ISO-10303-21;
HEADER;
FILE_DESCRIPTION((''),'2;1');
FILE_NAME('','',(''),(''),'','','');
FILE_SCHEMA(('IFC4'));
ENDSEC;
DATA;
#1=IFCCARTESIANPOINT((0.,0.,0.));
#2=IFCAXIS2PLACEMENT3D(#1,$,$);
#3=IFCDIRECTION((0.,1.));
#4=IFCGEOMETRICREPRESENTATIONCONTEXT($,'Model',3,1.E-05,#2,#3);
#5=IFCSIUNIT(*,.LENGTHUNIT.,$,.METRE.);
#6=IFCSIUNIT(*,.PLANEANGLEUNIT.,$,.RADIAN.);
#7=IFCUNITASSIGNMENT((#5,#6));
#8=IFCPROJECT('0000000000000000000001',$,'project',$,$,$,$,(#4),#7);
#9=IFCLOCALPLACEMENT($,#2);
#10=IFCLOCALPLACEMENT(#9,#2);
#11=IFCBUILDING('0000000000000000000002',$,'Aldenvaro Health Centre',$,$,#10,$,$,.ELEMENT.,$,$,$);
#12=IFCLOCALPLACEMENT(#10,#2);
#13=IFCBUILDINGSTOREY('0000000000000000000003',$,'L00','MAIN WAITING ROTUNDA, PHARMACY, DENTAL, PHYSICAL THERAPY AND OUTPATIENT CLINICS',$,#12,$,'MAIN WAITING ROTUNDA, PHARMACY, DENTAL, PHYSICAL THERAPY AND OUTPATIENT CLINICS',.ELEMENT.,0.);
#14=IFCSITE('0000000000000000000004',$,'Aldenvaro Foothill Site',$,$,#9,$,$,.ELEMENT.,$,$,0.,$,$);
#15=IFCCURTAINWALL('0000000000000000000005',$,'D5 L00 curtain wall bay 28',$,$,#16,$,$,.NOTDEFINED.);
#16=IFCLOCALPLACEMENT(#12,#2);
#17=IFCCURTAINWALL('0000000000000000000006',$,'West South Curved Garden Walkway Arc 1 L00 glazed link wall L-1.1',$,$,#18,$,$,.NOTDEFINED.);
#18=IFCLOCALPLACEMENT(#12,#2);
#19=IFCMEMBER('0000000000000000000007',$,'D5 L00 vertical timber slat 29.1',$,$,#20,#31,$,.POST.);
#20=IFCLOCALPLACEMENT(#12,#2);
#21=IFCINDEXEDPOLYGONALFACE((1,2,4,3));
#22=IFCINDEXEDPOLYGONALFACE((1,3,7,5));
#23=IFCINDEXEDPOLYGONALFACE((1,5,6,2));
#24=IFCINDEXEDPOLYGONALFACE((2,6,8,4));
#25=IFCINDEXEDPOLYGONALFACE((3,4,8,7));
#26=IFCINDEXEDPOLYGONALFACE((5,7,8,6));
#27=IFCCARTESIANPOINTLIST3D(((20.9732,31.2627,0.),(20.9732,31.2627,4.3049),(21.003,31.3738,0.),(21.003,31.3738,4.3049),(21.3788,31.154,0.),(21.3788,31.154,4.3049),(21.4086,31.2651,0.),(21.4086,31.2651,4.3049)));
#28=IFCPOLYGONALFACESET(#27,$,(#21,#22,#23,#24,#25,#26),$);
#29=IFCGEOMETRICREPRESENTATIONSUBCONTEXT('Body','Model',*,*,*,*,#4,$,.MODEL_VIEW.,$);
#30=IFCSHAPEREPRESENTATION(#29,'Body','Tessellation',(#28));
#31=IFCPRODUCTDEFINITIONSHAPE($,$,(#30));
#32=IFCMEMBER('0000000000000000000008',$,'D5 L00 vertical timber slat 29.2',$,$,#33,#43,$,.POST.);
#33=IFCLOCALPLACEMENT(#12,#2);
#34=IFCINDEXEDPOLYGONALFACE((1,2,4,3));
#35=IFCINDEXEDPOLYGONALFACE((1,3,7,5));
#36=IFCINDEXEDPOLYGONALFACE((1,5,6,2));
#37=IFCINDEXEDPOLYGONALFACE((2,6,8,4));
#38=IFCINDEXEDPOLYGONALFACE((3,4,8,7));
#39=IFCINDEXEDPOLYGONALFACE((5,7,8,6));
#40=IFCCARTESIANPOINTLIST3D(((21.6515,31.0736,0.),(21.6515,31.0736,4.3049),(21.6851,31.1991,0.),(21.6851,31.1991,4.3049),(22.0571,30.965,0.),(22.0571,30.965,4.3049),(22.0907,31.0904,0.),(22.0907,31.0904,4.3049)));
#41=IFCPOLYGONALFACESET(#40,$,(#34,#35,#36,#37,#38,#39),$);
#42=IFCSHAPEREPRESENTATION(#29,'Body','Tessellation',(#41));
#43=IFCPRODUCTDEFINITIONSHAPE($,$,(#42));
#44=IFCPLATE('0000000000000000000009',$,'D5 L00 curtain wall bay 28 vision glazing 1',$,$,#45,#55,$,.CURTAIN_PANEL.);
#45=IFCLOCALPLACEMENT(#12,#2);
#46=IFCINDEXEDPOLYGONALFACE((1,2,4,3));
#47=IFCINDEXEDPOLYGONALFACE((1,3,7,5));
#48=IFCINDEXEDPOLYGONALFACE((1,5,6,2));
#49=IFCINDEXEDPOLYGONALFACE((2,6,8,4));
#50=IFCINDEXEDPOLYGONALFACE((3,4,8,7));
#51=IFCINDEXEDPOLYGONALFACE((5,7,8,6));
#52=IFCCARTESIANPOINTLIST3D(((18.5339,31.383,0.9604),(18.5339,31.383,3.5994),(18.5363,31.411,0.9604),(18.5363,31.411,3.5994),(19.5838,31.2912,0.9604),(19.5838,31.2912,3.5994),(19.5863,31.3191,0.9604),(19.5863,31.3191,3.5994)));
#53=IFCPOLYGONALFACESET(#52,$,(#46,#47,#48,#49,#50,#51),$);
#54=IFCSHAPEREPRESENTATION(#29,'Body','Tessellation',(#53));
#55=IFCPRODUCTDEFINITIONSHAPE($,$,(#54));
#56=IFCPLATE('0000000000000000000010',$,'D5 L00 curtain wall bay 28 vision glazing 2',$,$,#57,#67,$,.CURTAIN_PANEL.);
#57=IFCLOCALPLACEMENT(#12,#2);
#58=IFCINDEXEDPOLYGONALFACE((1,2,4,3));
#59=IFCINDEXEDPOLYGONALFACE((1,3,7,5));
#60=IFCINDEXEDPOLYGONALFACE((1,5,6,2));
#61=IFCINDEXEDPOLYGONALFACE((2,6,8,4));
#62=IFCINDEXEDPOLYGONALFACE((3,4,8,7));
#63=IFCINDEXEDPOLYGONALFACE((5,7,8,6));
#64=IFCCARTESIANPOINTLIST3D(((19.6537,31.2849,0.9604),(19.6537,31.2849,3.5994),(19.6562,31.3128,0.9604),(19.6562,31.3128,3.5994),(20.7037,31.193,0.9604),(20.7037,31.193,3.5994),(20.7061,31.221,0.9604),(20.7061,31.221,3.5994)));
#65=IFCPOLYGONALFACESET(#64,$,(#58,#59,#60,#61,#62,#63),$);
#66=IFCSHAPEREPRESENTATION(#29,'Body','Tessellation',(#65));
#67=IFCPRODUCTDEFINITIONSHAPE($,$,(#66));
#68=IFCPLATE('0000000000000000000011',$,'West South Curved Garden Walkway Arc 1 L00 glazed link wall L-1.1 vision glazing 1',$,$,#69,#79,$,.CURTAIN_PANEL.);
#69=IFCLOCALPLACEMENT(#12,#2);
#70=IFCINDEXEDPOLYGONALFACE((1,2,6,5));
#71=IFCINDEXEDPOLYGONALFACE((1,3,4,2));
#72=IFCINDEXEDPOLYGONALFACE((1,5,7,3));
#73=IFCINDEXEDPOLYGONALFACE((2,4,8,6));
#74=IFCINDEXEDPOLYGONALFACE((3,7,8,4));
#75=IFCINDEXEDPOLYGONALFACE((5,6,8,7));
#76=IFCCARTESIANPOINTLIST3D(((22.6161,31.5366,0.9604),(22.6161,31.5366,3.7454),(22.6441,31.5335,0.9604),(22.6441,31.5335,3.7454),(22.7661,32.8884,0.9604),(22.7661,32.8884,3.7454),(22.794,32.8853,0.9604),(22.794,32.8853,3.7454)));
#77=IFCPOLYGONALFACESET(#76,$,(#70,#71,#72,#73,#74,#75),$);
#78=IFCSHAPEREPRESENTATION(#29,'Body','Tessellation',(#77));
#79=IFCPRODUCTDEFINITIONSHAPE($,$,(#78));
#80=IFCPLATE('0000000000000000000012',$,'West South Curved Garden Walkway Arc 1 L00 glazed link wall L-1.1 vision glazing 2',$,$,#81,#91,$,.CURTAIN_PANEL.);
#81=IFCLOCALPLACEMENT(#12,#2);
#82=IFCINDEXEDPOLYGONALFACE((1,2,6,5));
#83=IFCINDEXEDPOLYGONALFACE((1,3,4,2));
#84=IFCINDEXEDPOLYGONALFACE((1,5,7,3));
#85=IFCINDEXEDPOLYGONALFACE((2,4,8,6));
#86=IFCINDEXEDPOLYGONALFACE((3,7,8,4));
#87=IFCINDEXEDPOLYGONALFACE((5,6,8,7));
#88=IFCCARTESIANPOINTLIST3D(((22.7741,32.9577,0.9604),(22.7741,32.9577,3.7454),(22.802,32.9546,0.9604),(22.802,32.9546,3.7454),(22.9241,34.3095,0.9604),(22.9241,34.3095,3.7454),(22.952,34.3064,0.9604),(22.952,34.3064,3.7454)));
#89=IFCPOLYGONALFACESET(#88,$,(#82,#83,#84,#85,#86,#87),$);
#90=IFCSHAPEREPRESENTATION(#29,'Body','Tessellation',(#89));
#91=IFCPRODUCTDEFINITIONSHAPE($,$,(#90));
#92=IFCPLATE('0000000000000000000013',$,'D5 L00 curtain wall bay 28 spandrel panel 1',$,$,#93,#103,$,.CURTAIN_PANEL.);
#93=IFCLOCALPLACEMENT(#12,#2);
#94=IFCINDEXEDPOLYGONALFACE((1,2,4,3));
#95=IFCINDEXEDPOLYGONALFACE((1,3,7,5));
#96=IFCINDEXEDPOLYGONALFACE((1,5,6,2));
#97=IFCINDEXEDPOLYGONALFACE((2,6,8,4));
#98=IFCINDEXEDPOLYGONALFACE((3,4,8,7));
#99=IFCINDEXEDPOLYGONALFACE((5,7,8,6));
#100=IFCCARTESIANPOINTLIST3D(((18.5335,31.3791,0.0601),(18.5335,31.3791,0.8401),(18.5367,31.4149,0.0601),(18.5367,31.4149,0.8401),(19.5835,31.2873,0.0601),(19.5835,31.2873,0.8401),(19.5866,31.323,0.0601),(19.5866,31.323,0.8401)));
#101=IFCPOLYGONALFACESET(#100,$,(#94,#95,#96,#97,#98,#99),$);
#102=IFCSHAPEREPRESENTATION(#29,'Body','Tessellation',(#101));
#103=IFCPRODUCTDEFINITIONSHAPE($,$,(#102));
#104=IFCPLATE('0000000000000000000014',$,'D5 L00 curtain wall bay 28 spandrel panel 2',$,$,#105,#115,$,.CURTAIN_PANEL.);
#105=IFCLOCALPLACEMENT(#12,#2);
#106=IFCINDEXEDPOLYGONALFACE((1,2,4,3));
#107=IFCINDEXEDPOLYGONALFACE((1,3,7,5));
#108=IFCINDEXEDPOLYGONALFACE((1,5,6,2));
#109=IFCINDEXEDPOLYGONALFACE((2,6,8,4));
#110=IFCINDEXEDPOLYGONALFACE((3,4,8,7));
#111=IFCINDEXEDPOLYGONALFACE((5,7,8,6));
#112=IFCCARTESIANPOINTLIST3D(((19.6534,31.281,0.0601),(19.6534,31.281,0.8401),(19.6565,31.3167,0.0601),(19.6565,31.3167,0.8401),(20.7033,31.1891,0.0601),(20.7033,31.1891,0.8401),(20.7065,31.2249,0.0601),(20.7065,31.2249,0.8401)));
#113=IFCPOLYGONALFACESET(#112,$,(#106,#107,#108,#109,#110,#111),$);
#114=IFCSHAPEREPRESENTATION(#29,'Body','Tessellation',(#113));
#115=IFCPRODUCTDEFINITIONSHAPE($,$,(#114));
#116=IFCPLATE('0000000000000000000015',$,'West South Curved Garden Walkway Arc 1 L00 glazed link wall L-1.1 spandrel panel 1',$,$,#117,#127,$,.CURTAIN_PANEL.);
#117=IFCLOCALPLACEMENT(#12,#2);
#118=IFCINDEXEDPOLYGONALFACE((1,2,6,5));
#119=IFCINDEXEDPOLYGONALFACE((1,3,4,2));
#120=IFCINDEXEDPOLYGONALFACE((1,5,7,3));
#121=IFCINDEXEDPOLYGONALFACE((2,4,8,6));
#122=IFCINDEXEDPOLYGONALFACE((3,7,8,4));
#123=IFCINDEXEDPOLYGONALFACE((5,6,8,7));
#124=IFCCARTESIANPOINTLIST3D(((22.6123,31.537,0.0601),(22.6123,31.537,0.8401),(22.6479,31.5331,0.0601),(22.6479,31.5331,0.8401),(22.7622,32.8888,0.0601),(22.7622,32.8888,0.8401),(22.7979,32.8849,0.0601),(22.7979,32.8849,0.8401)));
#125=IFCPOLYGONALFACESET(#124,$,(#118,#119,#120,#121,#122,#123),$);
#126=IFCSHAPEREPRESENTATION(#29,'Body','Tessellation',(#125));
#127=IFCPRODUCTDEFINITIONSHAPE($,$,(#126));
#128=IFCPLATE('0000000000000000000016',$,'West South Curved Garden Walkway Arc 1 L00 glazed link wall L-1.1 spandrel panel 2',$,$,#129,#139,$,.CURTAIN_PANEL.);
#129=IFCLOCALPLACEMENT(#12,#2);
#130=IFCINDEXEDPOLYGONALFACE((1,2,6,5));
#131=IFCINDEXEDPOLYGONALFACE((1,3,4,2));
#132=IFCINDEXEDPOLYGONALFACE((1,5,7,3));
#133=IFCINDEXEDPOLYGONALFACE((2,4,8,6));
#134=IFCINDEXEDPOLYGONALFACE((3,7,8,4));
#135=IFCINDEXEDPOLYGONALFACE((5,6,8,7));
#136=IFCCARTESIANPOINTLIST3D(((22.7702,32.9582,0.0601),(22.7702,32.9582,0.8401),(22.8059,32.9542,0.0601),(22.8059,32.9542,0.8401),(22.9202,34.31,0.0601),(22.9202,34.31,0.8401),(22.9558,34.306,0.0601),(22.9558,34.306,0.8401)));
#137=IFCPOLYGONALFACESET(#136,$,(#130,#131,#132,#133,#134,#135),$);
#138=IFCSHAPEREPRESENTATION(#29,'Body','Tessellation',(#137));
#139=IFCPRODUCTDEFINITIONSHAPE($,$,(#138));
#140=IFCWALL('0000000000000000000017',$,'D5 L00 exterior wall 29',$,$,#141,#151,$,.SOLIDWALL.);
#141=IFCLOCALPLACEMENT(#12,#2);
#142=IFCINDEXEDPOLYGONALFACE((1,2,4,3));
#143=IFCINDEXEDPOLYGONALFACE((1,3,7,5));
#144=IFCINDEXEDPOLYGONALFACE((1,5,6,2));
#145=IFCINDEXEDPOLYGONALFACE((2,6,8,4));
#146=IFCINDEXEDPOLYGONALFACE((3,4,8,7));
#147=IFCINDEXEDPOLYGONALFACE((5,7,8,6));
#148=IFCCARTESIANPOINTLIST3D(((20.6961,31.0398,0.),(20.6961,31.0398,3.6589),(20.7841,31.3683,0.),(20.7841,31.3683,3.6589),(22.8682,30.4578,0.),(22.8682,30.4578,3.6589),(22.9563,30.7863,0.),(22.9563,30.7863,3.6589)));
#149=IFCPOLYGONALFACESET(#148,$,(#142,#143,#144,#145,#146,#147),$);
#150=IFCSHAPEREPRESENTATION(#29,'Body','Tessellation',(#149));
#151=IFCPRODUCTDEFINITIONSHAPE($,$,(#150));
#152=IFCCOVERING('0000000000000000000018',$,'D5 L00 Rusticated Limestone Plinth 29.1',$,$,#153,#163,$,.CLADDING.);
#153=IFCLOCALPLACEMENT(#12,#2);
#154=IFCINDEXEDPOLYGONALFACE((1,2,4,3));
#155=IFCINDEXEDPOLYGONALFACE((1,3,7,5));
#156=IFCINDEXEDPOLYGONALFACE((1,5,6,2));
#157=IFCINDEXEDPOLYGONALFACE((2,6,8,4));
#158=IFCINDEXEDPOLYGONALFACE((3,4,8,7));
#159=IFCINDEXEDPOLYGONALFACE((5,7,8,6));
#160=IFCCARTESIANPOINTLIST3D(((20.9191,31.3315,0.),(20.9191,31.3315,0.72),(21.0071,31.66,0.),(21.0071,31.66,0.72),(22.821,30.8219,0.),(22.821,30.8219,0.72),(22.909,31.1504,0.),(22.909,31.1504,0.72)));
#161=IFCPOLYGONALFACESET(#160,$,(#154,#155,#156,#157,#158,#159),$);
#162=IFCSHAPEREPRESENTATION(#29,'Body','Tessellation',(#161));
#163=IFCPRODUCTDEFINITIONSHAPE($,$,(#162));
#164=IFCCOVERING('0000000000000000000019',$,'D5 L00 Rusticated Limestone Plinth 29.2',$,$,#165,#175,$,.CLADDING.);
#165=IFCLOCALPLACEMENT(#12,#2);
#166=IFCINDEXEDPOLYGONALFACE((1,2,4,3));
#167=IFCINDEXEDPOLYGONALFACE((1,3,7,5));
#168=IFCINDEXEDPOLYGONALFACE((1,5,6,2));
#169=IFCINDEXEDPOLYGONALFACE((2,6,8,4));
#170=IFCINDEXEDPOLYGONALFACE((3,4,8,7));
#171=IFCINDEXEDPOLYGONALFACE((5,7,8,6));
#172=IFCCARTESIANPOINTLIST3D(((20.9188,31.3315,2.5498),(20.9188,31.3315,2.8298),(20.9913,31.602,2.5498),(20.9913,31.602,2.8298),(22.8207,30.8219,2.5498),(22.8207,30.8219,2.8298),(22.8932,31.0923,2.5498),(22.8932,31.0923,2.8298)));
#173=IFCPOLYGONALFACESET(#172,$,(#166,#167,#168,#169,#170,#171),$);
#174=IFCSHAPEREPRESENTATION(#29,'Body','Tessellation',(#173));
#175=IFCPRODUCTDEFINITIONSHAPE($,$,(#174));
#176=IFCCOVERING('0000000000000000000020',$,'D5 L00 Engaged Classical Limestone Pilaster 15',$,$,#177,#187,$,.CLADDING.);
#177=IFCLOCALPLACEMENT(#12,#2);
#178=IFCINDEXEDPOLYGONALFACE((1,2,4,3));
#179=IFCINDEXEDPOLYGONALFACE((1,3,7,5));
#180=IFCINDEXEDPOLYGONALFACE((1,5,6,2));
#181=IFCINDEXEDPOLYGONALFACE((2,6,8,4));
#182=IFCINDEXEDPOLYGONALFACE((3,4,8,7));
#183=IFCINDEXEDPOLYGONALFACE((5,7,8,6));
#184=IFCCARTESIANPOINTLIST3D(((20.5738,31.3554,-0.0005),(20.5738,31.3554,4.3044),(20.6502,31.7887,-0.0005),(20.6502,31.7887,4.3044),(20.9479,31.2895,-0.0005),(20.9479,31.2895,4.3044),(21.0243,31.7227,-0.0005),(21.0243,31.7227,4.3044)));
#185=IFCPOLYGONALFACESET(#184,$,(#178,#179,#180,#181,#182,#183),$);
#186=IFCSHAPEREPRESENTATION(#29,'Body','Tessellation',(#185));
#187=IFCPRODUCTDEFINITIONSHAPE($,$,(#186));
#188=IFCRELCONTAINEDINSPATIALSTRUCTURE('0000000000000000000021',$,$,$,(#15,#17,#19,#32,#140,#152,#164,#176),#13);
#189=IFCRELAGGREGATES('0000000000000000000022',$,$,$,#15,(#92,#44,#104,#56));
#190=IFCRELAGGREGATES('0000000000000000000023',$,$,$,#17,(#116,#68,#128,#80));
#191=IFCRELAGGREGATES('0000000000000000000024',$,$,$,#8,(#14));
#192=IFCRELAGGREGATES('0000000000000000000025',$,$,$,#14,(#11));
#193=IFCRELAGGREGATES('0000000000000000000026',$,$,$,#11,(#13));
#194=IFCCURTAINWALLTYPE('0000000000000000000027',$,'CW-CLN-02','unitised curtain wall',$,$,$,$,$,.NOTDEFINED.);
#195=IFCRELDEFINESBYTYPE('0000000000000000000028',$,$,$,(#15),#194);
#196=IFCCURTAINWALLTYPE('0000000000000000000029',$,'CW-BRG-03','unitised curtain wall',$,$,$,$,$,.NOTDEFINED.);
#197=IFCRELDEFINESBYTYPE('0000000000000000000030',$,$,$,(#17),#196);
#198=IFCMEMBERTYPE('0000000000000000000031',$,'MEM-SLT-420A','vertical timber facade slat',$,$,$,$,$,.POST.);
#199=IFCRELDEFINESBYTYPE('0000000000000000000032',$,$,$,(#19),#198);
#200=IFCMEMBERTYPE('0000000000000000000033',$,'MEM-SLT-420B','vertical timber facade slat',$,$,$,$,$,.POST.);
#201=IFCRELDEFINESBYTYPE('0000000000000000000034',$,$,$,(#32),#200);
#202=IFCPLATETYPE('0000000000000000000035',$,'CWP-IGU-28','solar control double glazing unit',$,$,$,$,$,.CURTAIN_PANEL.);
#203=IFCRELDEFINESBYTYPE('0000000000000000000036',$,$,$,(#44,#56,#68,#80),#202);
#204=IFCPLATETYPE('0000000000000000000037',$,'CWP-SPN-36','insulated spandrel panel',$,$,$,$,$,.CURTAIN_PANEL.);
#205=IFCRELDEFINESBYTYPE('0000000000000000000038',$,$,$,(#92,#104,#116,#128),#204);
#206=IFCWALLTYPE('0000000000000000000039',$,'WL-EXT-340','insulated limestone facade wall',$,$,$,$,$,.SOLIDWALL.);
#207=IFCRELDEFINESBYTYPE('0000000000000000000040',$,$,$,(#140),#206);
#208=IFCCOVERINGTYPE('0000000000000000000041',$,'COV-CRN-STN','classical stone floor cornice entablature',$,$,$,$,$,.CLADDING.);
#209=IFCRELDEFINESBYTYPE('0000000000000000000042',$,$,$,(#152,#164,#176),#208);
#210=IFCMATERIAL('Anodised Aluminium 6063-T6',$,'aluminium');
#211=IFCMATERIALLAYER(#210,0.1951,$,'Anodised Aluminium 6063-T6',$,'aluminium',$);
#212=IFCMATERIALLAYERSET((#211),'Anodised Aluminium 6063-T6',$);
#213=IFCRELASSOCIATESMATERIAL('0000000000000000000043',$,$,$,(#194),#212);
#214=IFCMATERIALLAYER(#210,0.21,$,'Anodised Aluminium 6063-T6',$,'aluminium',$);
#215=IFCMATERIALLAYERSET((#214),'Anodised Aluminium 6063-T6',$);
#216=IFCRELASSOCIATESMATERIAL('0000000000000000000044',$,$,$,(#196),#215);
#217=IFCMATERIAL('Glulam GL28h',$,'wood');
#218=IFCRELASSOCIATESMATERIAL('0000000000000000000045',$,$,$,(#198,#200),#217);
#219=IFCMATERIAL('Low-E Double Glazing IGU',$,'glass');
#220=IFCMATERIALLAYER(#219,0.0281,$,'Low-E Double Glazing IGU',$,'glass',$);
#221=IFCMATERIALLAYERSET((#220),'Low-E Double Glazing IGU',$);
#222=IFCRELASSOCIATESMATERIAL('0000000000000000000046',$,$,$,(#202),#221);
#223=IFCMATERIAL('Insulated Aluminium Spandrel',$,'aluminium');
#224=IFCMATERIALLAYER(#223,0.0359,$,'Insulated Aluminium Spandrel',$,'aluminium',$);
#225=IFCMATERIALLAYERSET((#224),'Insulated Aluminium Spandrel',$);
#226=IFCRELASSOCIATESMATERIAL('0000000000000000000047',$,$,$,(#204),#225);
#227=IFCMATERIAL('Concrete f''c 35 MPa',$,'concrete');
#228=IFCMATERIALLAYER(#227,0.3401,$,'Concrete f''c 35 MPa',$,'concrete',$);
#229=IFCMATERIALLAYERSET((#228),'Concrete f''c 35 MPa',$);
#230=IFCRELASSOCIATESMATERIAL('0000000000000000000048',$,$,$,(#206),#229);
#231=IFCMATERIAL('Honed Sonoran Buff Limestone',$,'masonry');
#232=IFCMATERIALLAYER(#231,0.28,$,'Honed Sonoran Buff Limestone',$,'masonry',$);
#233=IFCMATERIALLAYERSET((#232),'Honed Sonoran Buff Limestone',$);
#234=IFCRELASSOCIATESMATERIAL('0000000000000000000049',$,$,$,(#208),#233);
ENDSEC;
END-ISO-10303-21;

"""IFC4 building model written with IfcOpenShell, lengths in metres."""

from ifc_helpers import new_model, si_unit, direction, frame, frame_2d, origin, origin_2d, place, context, subcontext, project, spatial, rectangle, extrude, material, layer, layer_set, material_profile, profile_set, type_object, element, aggregate, save


model = new_model("IFC4")

# Units and contexts
model_context = context("Model", 3, precision=1e-05, world=origin(), true_north=direction((0.0, 1.0)))
body_context = subcontext(model_context, "Body", "Model", "MODEL_VIEW")
ifc_project = project(units=[si_unit("LENGTHUNIT", "METRE"), si_unit("PLANEANGLEUNIT", "RADIAN")], contexts=[model_context])

# Site, building, storey
site_placement = place(None, origin())
site = spatial("IfcSite", under=ifc_project, at=site_placement, Name="Aldenvaro Foothill Site", CompositionType="ELEMENT", RefElevation=0.0)
building_placement = place(site_placement, origin())
building = spatial("IfcBuilding", under=site, at=building_placement, Name="Aldenvaro Health Centre", CompositionType="ELEMENT")
storey_placement = place(building_placement, origin())
storey = spatial("IfcBuildingStorey", under=building, at=storey_placement, Name="L00", Description="MAIN WAITING ROTUNDA, PHARMACY, DENTAL, PHYSICAL THERAPY AND OUTPATIENT CLINICS", LongName="MAIN WAITING ROTUNDA, PHARMACY, DENTAL, PHYSICAL THERAPY AND OUTPATIENT CLINICS", CompositionType="ELEMENT", Elevation=0.0)

# Curtain walls
ifc_material_1 = material(Name="Anodised Aluminium 6063-T6", Category="aluminium")
ifc_layer_1 = layer(ifc_material_1, 0.1951, Name="Anodised Aluminium 6063-T6", Category="aluminium")
ifc_layer_set_1 = layer_set([ifc_layer_1], Name="Anodised Aluminium 6063-T6")
curtain_wall_type_1 = type_object("IfcCurtainWallType", Name="CW-CLN-02", Description="unitised curtain wall", PredefinedType="NOTDEFINED", material=ifc_layer_set_1)
curtain_wall_1_placement = place(storey_placement, origin())
curtain_wall_1 = element("IfcCurtainWall", 1, at=curtain_wall_1_placement, inside=storey, type_object=curtain_wall_type_1, Name="D5 L00 curtain wall bay 28", PredefinedType="NOTDEFINED")
ifc_layer_2 = layer(ifc_material_1, 0.21, Name="Anodised Aluminium 6063-T6", Category="aluminium")
ifc_layer_set_2 = layer_set([ifc_layer_2], Name="Anodised Aluminium 6063-T6")
curtain_wall_type_2 = type_object("IfcCurtainWallType", Name="CW-BRG-03", Description="unitised curtain wall", PredefinedType="NOTDEFINED", material=ifc_layer_set_2)
curtain_wall_2_placement = place(storey_placement, origin())
curtain_wall_2 = element("IfcCurtainWall", 2, at=curtain_wall_2_placement, inside=storey, type_object=curtain_wall_type_2, Name="West South Curved Garden Walkway Arc 1 L00 glazed link wall L-1.1", PredefinedType="NOTDEFINED")

# Members
ifc_material_2 = material(Name="Glulam GL28h", Category="wood")
ifc_material_profile_1 = material_profile(ifc_material_2, rectangle(XDim=0.115, YDim=0.4199, at=origin_2d()), Name="GL 115x420", Category="wood")
ifc_profile_set_1 = profile_set([ifc_material_profile_1], Name="Glulam GL28h")
member_type_1 = type_object("IfcMemberType", Name="MEM-SLT-420A", Description="vertical timber facade slat", PredefinedType="POST", material=ifc_profile_set_1)
for number, where, z_axis, x_axis, name in (
    (3, (21.1909, 31.2639, 0.0), (0.0, 0.0, 1.0), (0.258825, 0.965924, 0.0), "D5 L00 vertical timber slat 29.1"),
):
    element("IfcMember", number, at=place(storey_placement, frame(where, z_axis=z_axis, x_axis=x_axis)), inside=storey, type_object=member_type_1, Name=name, PredefinedType="POST", context=body_context, shape_type="SweptSolid", body=[
        extrude(rectangle(XDim=0.115, YDim=0.4199, at=origin_2d()), origin(), (0.0, 0.0, 1.0), 4.3049),
    ])
ifc_material_profile_2 = material_profile(ifc_material_2, rectangle(XDim=0.1299, YDim=0.4199, at=origin_2d()), Name="GL 130x420", Category="wood")
ifc_profile_set_2 = profile_set([ifc_material_profile_2], Name="Glulam GL28h")
member_type_2 = type_object("IfcMemberType", Name="MEM-SLT-420B", Description="vertical timber facade slat", PredefinedType="POST", material=ifc_profile_set_2)
member_1_placement = place(storey_placement, frame((21.8711, 31.082, 0.0), z_axis=(0.0, 0.0, 1.0), x_axis=(0.258825, 0.965924, 0.0)))
element("IfcMember", 4, at=member_1_placement, inside=storey, type_object=member_type_2, Name="D5 L00 vertical timber slat 29.2", PredefinedType="POST", context=body_context, shape_type="SweptSolid", body=[
    extrude(rectangle(XDim=0.1299, YDim=0.4199, at=origin_2d()), origin(), (0.0, 0.0, 1.0), 4.3049),
])

# Plates
ifc_material_3 = material(Name="Low-E Double Glazing IGU", Category="glass")
ifc_layer_3 = layer(ifc_material_3, 0.0281, Name="Low-E Double Glazing IGU", Category="glass")
ifc_layer_set_3 = layer_set([ifc_layer_3], Name="Low-E Double Glazing IGU")
plate_type_1 = type_object("IfcPlateType", Name="CWP-IGU-28", Description="solar control double glazing unit", PredefinedType="CURTAIN_PANEL", material=ifc_layer_set_3)
plate_1_placement = place(storey_placement, frame((19.0601, 31.3511, 0.9604), z_axis=(0.0, 0.0, 1.0), x_axis=(0.996194, -0.087167, 0.0)))
plate_1 = element("IfcPlate", 5, at=plate_1_placement, type_object=plate_type_1, Name="D5 L00 curtain wall bay 28 vision glazing 1", PredefinedType="CURTAIN_PANEL", context=body_context, shape_type="SweptSolid", body=[
    extrude(rectangle(XDim=1.054, YDim=0.0281, at=origin_2d()), origin(), (0.0, 0.0, 1.0), 2.6389),
])
plate_2_placement = place(storey_placement, frame((20.1799, 31.2529, 0.9604), z_axis=(0.0, 0.0, 1.0), x_axis=(0.996194, -0.087167, 0.0)))
plate_2 = element("IfcPlate", 6, at=plate_2_placement, type_object=plate_type_1, Name="D5 L00 curtain wall bay 28 vision glazing 2", PredefinedType="CURTAIN_PANEL", context=body_context, shape_type="SweptSolid", body=[
    extrude(rectangle(XDim=1.054, YDim=0.0281, at=origin_2d()), origin(), (0.0, 0.0, 1.0), 2.6389),
])
plate_3_placement = place(storey_placement, frame((22.7051, 32.2109, 0.9604), z_axis=(0.0, 0.0, 1.0), x_axis=(0.110252, 0.993904, 0.0)))
plate_3 = element("IfcPlate", 7, at=plate_3_placement, type_object=plate_type_1, Name="West South Curved Garden Walkway Arc 1 L00 glazed link wall L-1.1 vision glazing 1", PredefinedType="CURTAIN_PANEL", context=body_context, shape_type="SweptSolid", body=[
    extrude(rectangle(XDim=1.3601, YDim=0.0281, at=origin_2d()), origin(), (0.0, 0.0, 1.0), 2.7849),
])
plate_4_placement = place(storey_placement, frame((22.863, 33.6321, 0.9604), z_axis=(0.0, 0.0, 1.0), x_axis=(0.110252, 0.993904, 0.0)))
plate_4 = element("IfcPlate", 8, at=plate_4_placement, type_object=plate_type_1, Name="West South Curved Garden Walkway Arc 1 L00 glazed link wall L-1.1 vision glazing 2", PredefinedType="CURTAIN_PANEL", context=body_context, shape_type="SweptSolid", body=[
    extrude(rectangle(XDim=1.3601, YDim=0.0281, at=origin_2d()), origin(), (0.0, 0.0, 1.0), 2.7849),
])
ifc_material_4 = material(Name="Insulated Aluminium Spandrel", Category="aluminium")
ifc_layer_4 = layer(ifc_material_4, 0.0359, Name="Insulated Aluminium Spandrel", Category="aluminium")
ifc_layer_set_4 = layer_set([ifc_layer_4], Name="Insulated Aluminium Spandrel")
plate_type_2 = type_object("IfcPlateType", Name="CWP-SPN-36", Description="insulated spandrel panel", PredefinedType="CURTAIN_PANEL", material=ifc_layer_set_4)
plate_5_placement = place(storey_placement, frame((19.0601, 31.3511, 0.0601), z_axis=(0.0, 0.0, 1.0), x_axis=(0.996194, -0.087167, 0.0)))
plate_5 = element("IfcPlate", 9, at=plate_5_placement, type_object=plate_type_2, Name="D5 L00 curtain wall bay 28 spandrel panel 1", PredefinedType="CURTAIN_PANEL", context=body_context, shape_type="SweptSolid", body=[
    extrude(rectangle(XDim=1.054, YDim=0.0359, at=origin_2d()), origin(), (0.0, 0.0, 1.0), 0.78),
])
plate_6_placement = place(storey_placement, frame((20.1799, 31.2529, 0.0601), z_axis=(0.0, 0.0, 1.0), x_axis=(0.996194, -0.087167, 0.0)))
plate_6 = element("IfcPlate", 10, at=plate_6_placement, type_object=plate_type_2, Name="D5 L00 curtain wall bay 28 spandrel panel 2", PredefinedType="CURTAIN_PANEL", context=body_context, shape_type="SweptSolid", body=[
    extrude(rectangle(XDim=1.054, YDim=0.0359, at=origin_2d()), origin(), (0.0, 0.0, 1.0), 0.78),
])
aggregate(curtain_wall_1, [plate_5, plate_1, plate_6, plate_2])
plate_7_placement = place(storey_placement, frame((22.7051, 32.2109, 0.0601), z_axis=(0.0, 0.0, 1.0), x_axis=(0.110252, 0.993904, 0.0)))
plate_7 = element("IfcPlate", 11, at=plate_7_placement, type_object=plate_type_2, Name="West South Curved Garden Walkway Arc 1 L00 glazed link wall L-1.1 spandrel panel 1", PredefinedType="CURTAIN_PANEL", context=body_context, shape_type="SweptSolid", body=[
    extrude(rectangle(XDim=1.3601, YDim=0.0359, at=origin_2d()), origin(), (0.0, 0.0, 1.0), 0.78),
])
plate_8_placement = place(storey_placement, frame((22.863, 33.6321, 0.0601), z_axis=(0.0, 0.0, 1.0), x_axis=(0.110252, 0.993904, 0.0)))
plate_8 = element("IfcPlate", 12, at=plate_8_placement, type_object=plate_type_2, Name="West South Curved Garden Walkway Arc 1 L00 glazed link wall L-1.1 spandrel panel 2", PredefinedType="CURTAIN_PANEL", context=body_context, shape_type="SweptSolid", body=[
    extrude(rectangle(XDim=1.3601, YDim=0.0359, at=origin_2d()), origin(), (0.0, 0.0, 1.0), 0.78),
])
aggregate(curtain_wall_2, [plate_7, plate_3, plate_8, plate_4])

# Wall
ifc_material_5 = material(Name="Concrete f'c 35 MPa", Category="concrete")
ifc_layer_5 = layer(ifc_material_5, 0.3401, Name="Concrete f'c 35 MPa", Category="concrete")
ifc_layer_set_5 = layer_set([ifc_layer_5], Name="Concrete f'c 35 MPa")
wall_type = type_object("IfcWallType", Name="WL-EXT-340", Description="insulated limestone facade wall", PredefinedType="SOLIDWALL", material=ifc_layer_set_5)
wall_placement = place(storey_placement, frame((20.74, 31.2041, 0.0), z_axis=(0.0, 0.0, 1.0), x_axis=(0.965924, -0.258825, 0.0)))
element("IfcWall", 13, at=wall_placement, inside=storey, type_object=wall_type, Name="D5 L00 exterior wall 29", PredefinedType="SOLIDWALL", context=body_context, shape_type="SweptSolid", body=[
    extrude(rectangle(XDim=2.2488, YDim=0.3401, at=frame_2d((1.1245, 0.0))), origin(), (0.0, 0.0, 1.0), 3.6589),
])

# Coverings
ifc_material_6 = material(Name="Honed Sonoran Buff Limestone", Category="masonry")
ifc_layer_6 = layer(ifc_material_6, 0.28, Name="Honed Sonoran Buff Limestone", Category="masonry")
ifc_layer_set_6 = layer_set([ifc_layer_6], Name="Honed Sonoran Buff Limestone")
covering_type = type_object("IfcCoveringType", Name="COV-CRN-STN", Description="classical stone floor cornice entablature", PredefinedType="CLADDING", material=ifc_layer_set_6)
covering_1_placement = place(storey_placement, frame((21.9141, 31.241, 0.0), z_axis=(0.0, 0.0, 1.0), x_axis=(0.965924, -0.258825, 0.0)))
element("IfcCovering", 14, at=covering_1_placement, inside=storey, type_object=covering_type, Name="D5 L00 Rusticated Limestone Plinth 29.1", PredefinedType="CLADDING", context=body_context, shape_type="SweptSolid", body=[
    extrude(rectangle(XDim=1.969, YDim=0.3401, at=origin_2d()), origin(), (0.0, 0.0, 1.0), 0.72),
])
covering_2_placement = place(storey_placement, frame((21.906, 31.2119, 2.5498), z_axis=(0.0, 0.0, 1.0), x_axis=(0.965924, -0.258825, 0.0)))
element("IfcCovering", 15, at=covering_2_placement, inside=storey, type_object=covering_type, Name="D5 L00 Rusticated Limestone Plinth 29.2", PredefinedType="CLADDING", context=body_context, shape_type="SweptSolid", body=[
    extrude(rectangle(XDim=1.969, YDim=0.28, at=origin_2d()), origin(), (0.0, 0.0, 1.0), 0.28),
])
covering_3_placement = place(storey_placement, frame((20.7991, 31.5391, -0.0005), z_axis=(0.0, 0.0, 1.0), x_axis=(0.173644, 0.984809, 0.0)))
element("IfcCovering", 16, at=covering_3_placement, inside=storey, type_object=covering_type, Name="D5 L00 Engaged Classical Limestone Pilaster 15", PredefinedType="CLADDING", context=body_context, shape_type="SweptSolid", body=[
    extrude(rectangle(XDim=0.4399, YDim=0.3799, at=origin_2d()), origin(), (0.0, 0.0, 1.0), 4.3049),
])

save(model, "model.ifc")
